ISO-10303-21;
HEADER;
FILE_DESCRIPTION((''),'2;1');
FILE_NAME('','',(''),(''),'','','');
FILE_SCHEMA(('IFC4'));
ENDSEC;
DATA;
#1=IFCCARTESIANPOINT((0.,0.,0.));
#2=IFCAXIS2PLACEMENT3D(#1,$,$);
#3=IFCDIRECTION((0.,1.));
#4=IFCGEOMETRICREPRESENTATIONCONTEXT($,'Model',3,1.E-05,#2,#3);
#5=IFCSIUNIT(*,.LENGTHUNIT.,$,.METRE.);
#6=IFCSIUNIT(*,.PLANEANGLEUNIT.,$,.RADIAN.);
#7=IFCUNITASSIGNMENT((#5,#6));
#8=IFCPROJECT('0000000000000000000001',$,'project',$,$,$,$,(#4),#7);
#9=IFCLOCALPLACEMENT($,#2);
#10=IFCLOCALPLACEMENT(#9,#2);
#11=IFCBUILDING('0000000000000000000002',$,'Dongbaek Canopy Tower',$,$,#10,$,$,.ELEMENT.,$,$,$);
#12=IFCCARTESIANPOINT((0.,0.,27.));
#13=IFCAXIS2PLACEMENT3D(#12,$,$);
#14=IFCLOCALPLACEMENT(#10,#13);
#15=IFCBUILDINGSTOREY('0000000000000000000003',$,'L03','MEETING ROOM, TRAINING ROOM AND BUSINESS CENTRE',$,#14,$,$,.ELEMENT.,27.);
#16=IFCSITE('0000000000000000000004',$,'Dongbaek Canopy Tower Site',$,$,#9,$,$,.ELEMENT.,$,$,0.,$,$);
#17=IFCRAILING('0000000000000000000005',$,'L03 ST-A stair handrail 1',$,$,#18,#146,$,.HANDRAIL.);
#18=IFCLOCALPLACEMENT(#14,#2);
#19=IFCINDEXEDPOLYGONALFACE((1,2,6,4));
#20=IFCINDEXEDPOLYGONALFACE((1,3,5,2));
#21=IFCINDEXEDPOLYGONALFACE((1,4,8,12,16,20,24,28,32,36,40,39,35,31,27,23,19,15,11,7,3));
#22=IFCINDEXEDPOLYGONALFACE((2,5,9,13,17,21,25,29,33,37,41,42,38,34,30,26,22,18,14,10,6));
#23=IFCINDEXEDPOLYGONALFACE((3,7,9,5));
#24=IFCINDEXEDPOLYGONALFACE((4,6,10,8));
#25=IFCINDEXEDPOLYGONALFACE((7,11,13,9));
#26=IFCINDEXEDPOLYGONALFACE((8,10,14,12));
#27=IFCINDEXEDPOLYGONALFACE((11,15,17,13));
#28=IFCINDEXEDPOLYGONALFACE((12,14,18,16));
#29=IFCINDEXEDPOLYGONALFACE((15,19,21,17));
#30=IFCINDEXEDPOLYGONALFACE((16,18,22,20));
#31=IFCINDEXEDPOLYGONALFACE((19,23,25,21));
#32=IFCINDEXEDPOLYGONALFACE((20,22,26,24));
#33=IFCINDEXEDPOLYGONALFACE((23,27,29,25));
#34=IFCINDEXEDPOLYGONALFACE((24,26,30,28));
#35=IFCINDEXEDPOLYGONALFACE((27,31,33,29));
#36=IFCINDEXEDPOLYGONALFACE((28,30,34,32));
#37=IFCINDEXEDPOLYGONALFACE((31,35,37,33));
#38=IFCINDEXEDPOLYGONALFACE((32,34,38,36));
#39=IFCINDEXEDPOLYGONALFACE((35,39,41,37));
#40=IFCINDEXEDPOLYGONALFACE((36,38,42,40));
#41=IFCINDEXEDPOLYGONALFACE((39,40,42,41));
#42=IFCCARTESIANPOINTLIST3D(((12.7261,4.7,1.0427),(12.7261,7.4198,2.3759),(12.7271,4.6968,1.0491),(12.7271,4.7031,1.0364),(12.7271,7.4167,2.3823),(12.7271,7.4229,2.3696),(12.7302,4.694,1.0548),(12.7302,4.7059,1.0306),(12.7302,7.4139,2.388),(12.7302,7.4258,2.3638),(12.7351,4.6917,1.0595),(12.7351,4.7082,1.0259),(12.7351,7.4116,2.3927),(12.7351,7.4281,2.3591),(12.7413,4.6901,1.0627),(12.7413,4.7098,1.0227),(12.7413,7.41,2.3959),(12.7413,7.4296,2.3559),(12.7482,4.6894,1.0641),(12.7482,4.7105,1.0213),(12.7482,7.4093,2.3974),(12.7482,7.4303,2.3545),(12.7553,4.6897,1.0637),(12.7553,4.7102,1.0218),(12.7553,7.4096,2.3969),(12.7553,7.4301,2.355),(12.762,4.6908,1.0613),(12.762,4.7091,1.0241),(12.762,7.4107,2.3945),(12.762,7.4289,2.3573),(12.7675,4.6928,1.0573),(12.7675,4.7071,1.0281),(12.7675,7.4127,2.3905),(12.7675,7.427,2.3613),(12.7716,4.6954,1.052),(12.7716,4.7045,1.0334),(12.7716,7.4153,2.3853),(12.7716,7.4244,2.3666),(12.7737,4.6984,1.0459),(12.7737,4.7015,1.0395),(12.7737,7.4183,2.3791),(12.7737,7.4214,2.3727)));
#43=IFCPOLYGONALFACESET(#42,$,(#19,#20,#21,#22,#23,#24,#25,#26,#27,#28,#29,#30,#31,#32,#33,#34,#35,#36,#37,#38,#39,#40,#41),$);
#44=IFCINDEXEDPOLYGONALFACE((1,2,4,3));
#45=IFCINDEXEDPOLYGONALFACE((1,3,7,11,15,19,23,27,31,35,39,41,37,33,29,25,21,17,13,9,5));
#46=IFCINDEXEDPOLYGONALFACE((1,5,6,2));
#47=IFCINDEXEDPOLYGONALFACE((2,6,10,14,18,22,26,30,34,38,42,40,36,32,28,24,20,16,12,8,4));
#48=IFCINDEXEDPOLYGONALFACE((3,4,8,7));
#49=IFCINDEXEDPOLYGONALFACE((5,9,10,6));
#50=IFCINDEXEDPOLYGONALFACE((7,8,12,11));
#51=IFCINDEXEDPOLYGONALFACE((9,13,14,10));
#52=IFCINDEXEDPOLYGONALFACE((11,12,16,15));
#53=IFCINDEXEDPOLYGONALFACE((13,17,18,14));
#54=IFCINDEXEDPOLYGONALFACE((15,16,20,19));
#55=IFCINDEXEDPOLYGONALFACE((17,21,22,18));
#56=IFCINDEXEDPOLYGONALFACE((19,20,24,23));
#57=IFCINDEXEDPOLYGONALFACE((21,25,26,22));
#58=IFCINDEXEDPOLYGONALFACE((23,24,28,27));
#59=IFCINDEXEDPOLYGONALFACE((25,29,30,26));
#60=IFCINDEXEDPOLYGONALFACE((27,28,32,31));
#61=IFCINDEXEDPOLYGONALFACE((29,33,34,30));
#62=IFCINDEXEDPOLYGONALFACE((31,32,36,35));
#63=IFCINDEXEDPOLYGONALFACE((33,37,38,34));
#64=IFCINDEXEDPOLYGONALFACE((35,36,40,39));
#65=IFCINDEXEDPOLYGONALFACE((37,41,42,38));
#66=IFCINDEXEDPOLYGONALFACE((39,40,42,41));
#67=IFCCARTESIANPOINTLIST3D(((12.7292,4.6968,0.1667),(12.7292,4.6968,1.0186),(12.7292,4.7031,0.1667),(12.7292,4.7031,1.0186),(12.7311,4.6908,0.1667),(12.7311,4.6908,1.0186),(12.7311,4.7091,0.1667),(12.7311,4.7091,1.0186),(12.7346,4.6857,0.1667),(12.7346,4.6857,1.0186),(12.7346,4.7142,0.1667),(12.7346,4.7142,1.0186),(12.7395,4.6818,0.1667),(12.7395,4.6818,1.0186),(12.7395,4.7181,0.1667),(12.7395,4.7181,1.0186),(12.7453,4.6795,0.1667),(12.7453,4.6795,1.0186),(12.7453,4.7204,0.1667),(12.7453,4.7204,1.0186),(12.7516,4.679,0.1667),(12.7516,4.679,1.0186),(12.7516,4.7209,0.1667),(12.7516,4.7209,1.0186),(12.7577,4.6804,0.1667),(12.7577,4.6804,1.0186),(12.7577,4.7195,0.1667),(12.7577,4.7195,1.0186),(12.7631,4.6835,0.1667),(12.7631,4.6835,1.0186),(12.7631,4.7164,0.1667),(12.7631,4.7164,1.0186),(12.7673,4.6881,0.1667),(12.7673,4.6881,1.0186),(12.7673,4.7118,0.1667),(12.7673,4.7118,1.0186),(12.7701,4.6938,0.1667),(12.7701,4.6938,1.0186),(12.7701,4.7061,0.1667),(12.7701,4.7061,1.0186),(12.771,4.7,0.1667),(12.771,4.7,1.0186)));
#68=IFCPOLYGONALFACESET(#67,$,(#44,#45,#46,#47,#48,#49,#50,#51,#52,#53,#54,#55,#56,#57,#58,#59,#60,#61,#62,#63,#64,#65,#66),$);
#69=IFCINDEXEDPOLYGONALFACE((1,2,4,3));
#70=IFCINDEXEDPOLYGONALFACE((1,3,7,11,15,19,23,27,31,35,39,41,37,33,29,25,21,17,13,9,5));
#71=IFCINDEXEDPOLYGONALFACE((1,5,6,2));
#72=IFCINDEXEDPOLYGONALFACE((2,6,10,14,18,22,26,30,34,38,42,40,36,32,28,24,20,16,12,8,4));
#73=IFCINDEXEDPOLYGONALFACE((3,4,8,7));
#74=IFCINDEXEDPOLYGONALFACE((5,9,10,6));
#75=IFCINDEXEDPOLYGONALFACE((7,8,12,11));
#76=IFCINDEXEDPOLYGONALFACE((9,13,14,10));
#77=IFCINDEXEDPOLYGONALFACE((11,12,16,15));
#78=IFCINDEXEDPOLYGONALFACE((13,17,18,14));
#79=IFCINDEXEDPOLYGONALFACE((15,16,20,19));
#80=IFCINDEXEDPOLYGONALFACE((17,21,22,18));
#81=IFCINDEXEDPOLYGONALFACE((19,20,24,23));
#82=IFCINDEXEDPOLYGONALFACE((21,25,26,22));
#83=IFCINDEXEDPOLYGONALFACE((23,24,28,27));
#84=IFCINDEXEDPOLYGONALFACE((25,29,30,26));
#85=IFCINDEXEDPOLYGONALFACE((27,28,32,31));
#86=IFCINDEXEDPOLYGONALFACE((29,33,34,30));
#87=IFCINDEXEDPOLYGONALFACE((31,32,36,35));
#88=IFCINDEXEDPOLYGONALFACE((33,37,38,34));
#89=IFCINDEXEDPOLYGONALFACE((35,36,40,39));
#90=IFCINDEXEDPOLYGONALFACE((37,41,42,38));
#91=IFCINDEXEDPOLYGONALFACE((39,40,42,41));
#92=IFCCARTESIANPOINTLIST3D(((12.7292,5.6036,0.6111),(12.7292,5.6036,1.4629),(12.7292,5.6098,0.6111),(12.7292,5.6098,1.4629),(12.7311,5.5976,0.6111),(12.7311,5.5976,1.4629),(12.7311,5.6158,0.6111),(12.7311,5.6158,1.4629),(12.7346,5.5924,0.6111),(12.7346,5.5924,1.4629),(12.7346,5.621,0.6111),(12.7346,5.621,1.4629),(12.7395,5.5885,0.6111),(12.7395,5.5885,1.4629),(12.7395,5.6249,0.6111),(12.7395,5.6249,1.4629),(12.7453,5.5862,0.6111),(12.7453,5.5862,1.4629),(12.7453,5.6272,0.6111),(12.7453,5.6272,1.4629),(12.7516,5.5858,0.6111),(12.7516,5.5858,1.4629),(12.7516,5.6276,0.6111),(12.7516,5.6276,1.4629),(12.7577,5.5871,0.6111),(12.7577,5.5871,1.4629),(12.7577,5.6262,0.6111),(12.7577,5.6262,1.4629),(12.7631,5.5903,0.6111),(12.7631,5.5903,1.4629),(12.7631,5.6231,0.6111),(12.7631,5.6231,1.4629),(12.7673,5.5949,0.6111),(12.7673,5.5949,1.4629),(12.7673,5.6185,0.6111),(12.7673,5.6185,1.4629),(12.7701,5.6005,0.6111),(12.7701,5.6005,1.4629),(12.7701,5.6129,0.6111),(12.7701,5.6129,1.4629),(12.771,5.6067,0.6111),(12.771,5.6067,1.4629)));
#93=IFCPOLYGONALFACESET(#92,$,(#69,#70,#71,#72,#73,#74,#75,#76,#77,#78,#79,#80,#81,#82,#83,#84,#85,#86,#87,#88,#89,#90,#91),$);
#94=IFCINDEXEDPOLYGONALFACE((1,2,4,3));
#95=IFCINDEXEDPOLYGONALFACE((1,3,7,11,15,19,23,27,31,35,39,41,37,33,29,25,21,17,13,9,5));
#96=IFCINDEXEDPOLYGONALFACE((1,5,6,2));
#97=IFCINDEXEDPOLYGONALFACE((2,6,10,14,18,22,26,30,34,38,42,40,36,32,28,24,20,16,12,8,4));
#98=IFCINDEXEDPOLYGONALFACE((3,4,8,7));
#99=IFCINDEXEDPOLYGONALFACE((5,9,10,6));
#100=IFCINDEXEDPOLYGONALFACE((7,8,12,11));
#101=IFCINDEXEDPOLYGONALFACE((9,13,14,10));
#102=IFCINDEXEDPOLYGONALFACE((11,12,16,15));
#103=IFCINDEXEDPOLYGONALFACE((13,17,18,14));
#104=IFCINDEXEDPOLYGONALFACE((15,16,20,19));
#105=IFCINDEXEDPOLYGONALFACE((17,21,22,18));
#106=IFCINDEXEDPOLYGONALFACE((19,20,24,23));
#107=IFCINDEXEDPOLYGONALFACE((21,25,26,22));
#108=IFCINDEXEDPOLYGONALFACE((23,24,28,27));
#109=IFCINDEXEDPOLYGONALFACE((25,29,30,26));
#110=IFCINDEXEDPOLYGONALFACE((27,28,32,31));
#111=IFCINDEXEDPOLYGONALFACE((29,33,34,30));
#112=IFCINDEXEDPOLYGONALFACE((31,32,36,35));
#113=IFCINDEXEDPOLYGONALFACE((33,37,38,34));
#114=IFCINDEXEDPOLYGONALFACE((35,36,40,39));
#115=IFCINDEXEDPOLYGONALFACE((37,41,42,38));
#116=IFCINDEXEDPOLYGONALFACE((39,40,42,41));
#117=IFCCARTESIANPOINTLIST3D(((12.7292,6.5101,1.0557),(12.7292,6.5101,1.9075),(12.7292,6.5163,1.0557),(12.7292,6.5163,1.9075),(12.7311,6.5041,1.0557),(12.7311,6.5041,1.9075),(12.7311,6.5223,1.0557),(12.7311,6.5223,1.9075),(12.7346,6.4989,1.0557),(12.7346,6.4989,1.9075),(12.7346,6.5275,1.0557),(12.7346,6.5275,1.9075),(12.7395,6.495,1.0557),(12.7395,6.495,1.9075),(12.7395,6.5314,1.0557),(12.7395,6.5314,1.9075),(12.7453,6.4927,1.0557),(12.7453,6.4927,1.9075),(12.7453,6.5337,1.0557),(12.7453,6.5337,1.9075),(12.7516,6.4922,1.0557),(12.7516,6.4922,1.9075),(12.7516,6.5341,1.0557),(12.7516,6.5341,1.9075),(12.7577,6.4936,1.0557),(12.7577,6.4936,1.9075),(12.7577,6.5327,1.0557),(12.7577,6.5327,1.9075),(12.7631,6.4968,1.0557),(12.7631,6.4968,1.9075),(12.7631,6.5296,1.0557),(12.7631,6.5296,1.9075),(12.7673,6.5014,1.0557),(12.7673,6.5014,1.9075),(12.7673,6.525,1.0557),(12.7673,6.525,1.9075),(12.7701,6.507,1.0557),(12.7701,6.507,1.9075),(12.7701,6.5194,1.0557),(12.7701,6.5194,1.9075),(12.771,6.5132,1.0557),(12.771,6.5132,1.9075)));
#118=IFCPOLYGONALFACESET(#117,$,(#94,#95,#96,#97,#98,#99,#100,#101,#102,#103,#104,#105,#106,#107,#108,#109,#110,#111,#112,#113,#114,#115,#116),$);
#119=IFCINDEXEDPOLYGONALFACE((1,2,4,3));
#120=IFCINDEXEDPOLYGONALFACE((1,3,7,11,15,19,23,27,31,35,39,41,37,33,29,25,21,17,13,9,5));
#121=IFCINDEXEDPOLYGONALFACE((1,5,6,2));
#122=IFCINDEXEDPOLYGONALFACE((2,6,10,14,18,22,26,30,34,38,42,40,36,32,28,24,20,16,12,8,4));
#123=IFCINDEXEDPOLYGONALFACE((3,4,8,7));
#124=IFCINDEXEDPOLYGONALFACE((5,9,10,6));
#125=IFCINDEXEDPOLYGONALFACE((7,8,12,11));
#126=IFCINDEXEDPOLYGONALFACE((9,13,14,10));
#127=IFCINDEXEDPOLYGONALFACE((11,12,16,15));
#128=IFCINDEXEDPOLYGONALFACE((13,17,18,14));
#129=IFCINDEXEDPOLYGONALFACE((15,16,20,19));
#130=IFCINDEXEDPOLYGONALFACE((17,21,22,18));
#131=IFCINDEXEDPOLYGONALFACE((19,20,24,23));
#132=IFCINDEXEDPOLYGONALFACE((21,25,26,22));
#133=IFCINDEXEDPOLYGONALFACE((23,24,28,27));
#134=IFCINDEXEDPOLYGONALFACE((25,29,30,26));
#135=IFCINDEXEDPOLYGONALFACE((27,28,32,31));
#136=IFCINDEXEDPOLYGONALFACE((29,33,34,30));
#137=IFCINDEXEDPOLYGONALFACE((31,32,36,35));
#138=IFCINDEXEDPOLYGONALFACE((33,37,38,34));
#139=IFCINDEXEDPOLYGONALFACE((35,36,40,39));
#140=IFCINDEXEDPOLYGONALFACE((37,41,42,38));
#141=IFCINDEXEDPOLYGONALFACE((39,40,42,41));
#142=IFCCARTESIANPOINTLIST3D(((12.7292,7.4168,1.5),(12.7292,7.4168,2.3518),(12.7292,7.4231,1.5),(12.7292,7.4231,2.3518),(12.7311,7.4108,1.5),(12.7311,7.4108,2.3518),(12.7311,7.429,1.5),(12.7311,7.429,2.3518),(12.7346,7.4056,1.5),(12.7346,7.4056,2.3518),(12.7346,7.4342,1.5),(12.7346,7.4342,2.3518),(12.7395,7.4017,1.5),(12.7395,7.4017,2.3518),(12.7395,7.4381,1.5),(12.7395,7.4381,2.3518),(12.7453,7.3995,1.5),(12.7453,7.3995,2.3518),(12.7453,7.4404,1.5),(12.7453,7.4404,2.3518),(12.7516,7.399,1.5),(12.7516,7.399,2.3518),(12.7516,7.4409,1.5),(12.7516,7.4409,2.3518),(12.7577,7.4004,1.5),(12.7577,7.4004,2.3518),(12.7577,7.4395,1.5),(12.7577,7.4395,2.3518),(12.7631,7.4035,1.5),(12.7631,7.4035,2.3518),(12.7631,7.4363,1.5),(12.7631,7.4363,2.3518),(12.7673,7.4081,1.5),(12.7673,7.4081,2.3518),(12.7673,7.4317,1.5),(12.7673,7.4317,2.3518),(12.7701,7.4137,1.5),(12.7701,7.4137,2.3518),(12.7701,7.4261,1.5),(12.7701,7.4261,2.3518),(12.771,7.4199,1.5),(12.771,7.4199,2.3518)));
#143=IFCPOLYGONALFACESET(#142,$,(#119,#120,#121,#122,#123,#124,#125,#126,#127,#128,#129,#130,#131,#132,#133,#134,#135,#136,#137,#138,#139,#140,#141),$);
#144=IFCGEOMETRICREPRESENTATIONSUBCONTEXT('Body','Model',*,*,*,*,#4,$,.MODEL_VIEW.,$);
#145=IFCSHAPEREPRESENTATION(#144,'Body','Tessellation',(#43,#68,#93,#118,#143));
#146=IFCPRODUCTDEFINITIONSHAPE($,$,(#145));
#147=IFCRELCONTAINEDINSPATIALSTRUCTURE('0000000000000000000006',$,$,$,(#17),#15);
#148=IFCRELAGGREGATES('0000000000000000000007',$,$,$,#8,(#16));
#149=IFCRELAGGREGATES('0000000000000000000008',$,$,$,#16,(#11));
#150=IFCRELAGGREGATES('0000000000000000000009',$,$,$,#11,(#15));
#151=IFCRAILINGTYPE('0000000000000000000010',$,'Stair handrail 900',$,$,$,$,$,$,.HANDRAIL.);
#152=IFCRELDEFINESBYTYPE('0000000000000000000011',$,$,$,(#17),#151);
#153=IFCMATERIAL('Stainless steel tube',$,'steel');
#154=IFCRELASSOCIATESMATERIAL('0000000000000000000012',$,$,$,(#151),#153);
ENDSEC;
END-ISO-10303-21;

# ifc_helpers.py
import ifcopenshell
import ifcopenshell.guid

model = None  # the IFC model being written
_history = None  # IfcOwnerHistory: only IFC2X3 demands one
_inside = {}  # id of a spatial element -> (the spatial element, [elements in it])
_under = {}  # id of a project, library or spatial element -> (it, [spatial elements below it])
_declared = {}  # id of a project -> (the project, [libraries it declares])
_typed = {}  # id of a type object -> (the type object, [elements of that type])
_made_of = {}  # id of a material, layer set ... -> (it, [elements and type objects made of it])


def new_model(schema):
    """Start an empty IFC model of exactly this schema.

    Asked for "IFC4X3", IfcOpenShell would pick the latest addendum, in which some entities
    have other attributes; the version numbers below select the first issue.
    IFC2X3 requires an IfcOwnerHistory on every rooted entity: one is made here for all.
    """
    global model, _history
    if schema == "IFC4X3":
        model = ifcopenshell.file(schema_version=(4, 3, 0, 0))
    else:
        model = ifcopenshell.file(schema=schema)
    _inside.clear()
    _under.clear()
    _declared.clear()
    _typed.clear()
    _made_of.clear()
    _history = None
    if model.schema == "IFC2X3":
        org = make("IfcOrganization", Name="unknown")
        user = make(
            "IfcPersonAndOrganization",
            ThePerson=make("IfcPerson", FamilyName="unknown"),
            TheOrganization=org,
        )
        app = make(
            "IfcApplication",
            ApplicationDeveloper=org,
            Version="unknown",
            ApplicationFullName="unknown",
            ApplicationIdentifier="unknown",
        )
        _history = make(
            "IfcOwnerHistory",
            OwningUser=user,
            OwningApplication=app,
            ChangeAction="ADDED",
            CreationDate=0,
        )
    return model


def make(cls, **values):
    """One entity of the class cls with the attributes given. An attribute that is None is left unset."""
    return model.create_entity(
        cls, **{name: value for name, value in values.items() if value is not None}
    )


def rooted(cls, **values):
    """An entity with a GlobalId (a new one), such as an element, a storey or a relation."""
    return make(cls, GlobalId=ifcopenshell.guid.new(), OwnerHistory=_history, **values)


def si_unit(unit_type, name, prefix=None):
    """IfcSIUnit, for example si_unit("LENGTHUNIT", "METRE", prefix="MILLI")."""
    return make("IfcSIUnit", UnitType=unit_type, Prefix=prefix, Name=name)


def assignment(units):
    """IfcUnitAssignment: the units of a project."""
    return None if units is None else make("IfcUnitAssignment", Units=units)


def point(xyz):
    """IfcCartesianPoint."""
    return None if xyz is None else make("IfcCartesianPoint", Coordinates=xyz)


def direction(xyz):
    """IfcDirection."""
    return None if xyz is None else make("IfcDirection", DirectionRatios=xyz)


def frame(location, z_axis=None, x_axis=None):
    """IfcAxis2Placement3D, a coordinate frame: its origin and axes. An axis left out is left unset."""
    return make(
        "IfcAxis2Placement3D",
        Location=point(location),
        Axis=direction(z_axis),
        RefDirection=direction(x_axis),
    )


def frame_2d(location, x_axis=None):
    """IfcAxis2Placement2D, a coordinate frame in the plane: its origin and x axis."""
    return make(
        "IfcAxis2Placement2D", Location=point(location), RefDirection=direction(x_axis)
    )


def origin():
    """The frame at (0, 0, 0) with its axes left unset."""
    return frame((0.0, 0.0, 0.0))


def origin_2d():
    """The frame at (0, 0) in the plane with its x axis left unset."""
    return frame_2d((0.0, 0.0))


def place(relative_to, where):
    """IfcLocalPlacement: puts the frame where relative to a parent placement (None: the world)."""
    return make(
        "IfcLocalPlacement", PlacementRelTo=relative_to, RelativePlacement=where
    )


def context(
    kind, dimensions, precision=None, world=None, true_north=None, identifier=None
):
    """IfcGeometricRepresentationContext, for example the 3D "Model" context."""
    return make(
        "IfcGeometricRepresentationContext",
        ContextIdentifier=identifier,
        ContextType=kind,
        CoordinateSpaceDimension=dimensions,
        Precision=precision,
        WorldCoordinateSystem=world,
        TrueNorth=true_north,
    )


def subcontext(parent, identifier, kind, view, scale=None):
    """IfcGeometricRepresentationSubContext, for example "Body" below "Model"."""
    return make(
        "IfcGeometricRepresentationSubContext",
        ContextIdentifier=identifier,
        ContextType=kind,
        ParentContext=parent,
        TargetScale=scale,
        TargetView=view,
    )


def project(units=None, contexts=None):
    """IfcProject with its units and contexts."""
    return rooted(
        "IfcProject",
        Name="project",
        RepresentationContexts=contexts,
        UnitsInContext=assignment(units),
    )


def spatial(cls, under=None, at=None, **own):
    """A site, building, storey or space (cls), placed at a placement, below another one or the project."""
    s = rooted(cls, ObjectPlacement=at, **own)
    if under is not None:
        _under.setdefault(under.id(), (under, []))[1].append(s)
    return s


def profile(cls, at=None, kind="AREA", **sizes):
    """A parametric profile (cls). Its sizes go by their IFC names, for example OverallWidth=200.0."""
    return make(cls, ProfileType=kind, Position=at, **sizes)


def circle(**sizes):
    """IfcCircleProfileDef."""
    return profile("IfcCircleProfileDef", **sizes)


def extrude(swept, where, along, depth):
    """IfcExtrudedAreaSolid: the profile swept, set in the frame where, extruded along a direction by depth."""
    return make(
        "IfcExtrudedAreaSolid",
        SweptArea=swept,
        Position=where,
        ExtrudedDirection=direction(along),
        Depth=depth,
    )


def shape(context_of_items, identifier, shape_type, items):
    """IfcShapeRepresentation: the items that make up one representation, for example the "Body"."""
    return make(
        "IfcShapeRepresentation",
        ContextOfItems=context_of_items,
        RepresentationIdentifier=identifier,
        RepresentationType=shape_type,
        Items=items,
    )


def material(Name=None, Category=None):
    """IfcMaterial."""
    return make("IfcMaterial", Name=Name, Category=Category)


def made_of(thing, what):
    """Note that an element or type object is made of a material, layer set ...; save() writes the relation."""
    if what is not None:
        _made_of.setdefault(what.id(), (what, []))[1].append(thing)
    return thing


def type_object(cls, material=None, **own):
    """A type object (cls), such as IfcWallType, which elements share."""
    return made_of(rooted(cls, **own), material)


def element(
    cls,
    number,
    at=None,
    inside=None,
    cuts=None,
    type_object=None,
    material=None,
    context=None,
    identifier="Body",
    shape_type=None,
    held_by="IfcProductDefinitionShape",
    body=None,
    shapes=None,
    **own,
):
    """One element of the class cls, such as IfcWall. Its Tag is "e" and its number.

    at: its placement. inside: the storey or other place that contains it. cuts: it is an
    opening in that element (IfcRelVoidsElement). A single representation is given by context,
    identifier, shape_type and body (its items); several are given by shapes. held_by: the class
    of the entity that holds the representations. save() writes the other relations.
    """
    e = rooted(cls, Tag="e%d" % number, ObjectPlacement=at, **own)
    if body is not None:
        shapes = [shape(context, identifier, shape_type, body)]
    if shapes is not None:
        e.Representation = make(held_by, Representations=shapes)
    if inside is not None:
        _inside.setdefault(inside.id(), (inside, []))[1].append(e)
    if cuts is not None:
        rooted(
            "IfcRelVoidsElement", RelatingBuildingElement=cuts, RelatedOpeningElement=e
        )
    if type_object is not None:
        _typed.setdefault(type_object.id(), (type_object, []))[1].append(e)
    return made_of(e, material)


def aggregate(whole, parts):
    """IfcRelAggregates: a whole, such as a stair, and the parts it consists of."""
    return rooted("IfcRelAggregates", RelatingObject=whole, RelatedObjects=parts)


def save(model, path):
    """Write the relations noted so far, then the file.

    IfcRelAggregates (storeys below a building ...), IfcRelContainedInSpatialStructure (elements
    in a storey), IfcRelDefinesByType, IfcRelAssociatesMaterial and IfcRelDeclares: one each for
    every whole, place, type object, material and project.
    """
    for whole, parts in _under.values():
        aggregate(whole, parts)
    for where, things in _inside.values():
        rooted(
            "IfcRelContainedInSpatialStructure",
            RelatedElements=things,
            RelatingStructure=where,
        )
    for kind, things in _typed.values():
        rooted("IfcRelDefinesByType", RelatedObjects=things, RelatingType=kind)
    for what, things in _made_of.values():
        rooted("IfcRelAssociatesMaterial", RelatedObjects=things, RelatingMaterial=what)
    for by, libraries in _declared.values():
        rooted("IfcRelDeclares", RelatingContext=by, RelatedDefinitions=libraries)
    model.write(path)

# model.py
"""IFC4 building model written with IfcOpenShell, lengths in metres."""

from ifc_helpers import new_model, si_unit, direction, frame, origin, origin_2d, place, context, subcontext, project, spatial, circle, extrude, material, type_object, element, save


model = new_model("IFC4")

# Units and contexts
model_context = context("Model", 3, precision=1e-05, world=origin(), true_north=direction((0.0, 1.0)))
body_context = subcontext(model_context, "Body", "Model", "MODEL_VIEW")
ifc_project = project(units=[si_unit("LENGTHUNIT", "METRE"), si_unit("PLANEANGLEUNIT", "RADIAN")], contexts=[model_context])

# Site, building, storey
site_placement = place(None, origin())
site = spatial("IfcSite", under=ifc_project, at=site_placement, Name="Dongbaek Canopy Tower Site", CompositionType="ELEMENT", RefElevation=0.0)
building_placement = place(site_placement, origin())
building = spatial("IfcBuilding", under=site, at=building_placement, Name="Dongbaek Canopy Tower", CompositionType="ELEMENT")
storey_placement = place(building_placement, frame((0.0, 0.0, 27.0)))
storey = spatial("IfcBuildingStorey", under=building, at=storey_placement, Name="L03", Description="MEETING ROOM, TRAINING ROOM AND BUSINESS CENTRE", CompositionType="ELEMENT", Elevation=27.0)

# Railing
ifc_material_1 = material(Name="Stainless steel tube", Category="steel")
railing_type_1 = type_object("IfcRailingType", Name="Stair handrail 900", PredefinedType="HANDRAIL", material=ifc_material_1)
for number, where, name in (
    (1, (12.75, 4.7, 0.1667), "L03 ST-A stair handrail 1"),
):
    element("IfcRailing", number, at=place(storey_placement, frame(where)), inside=storey, type_object=railing_type_1, Name=name, PredefinedType="HANDRAIL", context=body_context, shape_type="SweptSolid", body=[
        extrude(circle(Radius=0.0239, at=origin_2d()), frame((0.0, 0.0, 0.876), z_axis=(0.0, 0.897929, 0.440139), x_axis=(-1.0, 0.0, 0.0)), (0.0, 0.0, 1.0), 3.0291),
        extrude(circle(Radius=0.021, at=origin_2d()), origin(), (0.0, 0.0, 1.0), 0.8518),
        extrude(circle(Radius=0.021, at=origin_2d()), frame((0.0, 0.9067, 0.4443)), (0.0, 0.0, 1.0), 0.8518),
        extrude(circle(Radius=0.021, at=origin_2d()), frame((0.0, 1.8132, 0.8889)), (0.0, 0.0, 1.0), 0.8518),
        extrude(circle(Radius=0.021, at=origin_2d()), frame((0.0, 2.72, 1.3333)), (0.0, 0.0, 1.0), 0.8518),
    ])

save(model, "model.ifc")
